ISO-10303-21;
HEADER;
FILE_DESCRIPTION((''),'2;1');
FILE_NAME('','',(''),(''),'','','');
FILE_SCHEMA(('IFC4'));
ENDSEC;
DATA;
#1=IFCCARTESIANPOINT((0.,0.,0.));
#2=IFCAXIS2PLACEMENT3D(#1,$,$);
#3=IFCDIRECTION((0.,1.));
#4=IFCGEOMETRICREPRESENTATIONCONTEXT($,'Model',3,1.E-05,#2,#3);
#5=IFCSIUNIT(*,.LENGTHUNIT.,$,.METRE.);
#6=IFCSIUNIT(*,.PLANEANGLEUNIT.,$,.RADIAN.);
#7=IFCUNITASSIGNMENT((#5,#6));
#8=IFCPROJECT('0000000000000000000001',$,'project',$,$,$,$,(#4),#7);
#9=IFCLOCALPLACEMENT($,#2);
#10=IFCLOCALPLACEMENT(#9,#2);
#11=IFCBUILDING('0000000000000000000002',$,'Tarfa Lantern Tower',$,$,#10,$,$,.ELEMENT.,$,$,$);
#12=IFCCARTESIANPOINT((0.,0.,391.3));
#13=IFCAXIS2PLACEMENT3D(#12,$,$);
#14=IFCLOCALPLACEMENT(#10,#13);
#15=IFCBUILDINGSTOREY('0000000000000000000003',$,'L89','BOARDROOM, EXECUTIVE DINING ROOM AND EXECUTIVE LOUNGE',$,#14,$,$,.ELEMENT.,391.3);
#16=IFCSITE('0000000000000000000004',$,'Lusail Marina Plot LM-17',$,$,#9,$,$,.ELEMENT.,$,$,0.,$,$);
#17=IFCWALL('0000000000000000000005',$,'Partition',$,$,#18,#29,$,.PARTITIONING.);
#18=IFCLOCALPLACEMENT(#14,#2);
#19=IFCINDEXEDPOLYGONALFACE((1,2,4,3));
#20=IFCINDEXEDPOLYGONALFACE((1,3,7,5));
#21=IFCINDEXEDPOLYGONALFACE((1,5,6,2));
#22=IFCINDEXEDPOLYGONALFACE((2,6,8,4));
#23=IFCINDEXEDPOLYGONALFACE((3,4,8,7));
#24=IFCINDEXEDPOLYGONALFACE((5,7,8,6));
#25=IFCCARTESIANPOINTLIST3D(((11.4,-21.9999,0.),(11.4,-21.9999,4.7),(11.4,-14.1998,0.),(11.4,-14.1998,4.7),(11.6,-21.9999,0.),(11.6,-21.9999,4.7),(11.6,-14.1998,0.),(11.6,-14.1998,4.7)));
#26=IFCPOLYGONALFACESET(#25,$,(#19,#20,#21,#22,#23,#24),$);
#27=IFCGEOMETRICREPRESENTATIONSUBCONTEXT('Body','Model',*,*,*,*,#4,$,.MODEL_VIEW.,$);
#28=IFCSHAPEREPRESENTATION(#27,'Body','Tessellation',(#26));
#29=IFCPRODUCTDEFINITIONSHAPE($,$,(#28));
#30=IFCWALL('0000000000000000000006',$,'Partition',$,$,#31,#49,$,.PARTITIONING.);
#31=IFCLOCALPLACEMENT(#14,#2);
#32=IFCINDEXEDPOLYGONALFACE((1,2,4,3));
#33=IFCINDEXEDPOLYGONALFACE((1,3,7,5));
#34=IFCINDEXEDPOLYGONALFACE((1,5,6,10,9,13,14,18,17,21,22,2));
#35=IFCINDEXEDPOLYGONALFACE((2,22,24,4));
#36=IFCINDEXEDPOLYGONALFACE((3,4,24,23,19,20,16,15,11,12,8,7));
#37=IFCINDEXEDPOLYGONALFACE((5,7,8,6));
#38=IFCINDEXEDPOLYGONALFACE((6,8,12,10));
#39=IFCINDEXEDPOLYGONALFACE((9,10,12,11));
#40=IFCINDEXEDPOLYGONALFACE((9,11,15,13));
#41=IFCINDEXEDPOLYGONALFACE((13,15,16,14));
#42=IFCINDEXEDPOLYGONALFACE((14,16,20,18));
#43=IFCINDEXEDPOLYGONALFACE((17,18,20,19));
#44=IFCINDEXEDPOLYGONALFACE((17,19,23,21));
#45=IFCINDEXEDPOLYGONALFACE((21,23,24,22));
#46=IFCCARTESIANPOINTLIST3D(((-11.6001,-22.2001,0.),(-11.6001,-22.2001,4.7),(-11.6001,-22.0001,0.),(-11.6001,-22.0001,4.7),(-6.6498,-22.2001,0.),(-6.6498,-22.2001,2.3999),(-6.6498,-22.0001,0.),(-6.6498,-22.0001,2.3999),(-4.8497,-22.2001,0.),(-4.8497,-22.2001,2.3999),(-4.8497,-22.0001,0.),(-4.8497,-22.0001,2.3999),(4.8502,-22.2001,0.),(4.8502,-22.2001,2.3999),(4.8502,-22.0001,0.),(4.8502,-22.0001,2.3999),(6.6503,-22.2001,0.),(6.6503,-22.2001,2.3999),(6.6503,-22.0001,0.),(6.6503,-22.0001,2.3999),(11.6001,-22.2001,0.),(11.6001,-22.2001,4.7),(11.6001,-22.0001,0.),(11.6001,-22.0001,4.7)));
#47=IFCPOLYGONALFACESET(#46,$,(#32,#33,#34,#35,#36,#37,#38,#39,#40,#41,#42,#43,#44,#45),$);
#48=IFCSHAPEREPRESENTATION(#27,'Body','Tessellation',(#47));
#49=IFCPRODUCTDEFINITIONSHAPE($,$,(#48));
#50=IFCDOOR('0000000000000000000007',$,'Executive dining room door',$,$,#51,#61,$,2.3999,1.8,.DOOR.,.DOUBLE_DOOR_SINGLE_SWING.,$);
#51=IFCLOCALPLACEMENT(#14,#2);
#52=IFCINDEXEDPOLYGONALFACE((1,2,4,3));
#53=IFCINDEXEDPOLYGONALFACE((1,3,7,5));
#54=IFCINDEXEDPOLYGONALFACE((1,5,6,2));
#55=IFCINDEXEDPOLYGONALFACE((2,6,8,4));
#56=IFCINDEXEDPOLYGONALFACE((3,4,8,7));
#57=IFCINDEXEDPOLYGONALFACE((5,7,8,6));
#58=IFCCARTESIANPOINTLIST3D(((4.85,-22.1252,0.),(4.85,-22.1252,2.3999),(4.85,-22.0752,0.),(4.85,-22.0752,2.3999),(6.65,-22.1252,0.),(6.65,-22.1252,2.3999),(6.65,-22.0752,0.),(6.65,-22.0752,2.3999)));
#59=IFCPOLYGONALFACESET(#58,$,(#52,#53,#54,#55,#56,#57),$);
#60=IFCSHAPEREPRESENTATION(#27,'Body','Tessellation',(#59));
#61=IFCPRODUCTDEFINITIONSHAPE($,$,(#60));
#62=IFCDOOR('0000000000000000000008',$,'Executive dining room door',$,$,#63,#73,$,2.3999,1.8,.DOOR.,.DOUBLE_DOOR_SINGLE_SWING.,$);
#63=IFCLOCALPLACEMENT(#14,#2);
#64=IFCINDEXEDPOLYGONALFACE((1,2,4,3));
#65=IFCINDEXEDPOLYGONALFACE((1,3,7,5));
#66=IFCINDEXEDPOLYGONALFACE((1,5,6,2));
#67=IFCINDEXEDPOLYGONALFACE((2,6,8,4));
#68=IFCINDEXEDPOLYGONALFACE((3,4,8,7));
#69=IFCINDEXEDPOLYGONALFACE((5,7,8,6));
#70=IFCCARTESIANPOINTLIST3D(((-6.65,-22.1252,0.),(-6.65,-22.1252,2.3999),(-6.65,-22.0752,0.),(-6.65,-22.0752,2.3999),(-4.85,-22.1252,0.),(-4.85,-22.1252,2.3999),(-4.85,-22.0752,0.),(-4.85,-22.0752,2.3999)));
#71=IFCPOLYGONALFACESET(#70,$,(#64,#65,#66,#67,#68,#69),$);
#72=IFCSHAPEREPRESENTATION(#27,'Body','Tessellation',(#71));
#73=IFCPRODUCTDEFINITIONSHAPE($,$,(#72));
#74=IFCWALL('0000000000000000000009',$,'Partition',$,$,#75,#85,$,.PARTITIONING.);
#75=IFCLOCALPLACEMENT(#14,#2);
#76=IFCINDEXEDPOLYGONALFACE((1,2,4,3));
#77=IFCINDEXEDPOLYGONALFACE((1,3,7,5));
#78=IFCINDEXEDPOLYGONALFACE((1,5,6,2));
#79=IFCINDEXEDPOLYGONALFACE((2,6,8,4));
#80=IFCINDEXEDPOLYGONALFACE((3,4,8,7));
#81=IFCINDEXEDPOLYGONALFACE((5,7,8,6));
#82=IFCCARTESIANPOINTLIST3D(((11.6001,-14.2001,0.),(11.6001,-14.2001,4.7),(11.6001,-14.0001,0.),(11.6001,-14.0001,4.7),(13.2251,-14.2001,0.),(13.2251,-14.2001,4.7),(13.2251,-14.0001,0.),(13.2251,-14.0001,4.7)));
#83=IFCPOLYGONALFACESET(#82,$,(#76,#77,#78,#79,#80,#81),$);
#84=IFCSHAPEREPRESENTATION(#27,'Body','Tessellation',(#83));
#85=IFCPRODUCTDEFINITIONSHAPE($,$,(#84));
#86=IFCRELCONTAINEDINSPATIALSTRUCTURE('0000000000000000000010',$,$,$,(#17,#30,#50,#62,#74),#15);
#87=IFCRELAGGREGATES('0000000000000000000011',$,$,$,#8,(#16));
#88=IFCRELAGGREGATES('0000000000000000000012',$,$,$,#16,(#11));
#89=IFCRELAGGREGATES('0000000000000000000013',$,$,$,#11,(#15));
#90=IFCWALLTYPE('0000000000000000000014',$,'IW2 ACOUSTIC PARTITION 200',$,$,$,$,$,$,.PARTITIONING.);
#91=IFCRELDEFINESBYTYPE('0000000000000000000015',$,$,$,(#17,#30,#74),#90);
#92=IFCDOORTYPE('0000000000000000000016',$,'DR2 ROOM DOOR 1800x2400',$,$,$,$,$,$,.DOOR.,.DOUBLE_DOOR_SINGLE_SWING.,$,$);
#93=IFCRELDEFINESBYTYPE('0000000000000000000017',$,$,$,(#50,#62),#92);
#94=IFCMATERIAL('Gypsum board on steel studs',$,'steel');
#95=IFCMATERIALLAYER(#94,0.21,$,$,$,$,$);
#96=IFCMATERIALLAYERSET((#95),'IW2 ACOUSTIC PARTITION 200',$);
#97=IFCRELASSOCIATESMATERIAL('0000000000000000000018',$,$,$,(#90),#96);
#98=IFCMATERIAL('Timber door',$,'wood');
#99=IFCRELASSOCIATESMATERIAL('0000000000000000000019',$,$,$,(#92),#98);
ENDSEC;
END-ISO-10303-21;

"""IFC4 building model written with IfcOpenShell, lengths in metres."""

from ifc_helpers import new_model, si_unit, direction, frame, frame_2d, origin, place, context, subcontext, project, spatial, rectangle, extrude, material, layer, layer_set, type_object, element, fill, save


model = new_model("IFC4")

# Units and contexts
model_context = context("Model", 3, precision=1e-05, world=origin(), true_north=direction((0.0, 1.0)))
body_context = subcontext(model_context, "Body", "Model", "MODEL_VIEW")
ifc_project = project(units=[si_unit("LENGTHUNIT", "METRE"), si_unit("PLANEANGLEUNIT", "RADIAN")], contexts=[model_context])

# Site, building, storey
site_placement = place(None, origin())
site = spatial("IfcSite", under=ifc_project, at=site_placement, Name="Lusail Marina Plot LM-17", CompositionType="ELEMENT", RefElevation=0.0)
building_placement = place(site_placement, origin())
building = spatial("IfcBuilding", under=site, at=building_placement, Name="Tarfa Lantern Tower", CompositionType="ELEMENT")
storey_placement = place(building_placement, frame((0.0, 0.0, 391.3)))
storey = spatial("IfcBuildingStorey", under=building, at=storey_placement, Name="L89", Description="BOARDROOM, EXECUTIVE DINING ROOM AND EXECUTIVE LOUNGE", CompositionType="ELEMENT", Elevation=391.3)

# Shared definitions
ifc_material_1 = material(Name="Gypsum board on steel studs", Category="steel")
ifc_layer_1 = layer(ifc_material_1, 0.21)
ifc_layer_set_1 = layer_set([ifc_layer_1], Name="IW2 ACOUSTIC PARTITION 200")
wall_type_1 = type_object("IfcWallType", Name="IW2 ACOUSTIC PARTITION 200", PredefinedType="PARTITIONING", material=ifc_layer_set_1)
ifc_material_2 = material(Name="Timber door", Category="wood")
door_type_1 = type_object("IfcDoorType", Name="DR2 ROOM DOOR 1800x2400", OperationType="DOUBLE_DOOR_SINGLE_SWING", PredefinedType="DOOR", material=ifc_material_2)

# Wall
wall_1_placement = place(storey_placement, frame((11.5, -14.2, 0.0), z_axis=(0.0, 0.0, 1.0), x_axis=(0.0, -1.0, 0.0)))
element("IfcWall", 1, at=wall_1_placement, inside=storey, type_object=wall_type_1, Name="Partition", PredefinedType="PARTITIONING", context=body_context, shape_type="SweptSolid", body=[
    extrude(rectangle(XDim=7.8, YDim=0.2, at=frame_2d((3.8999, 0.0))), origin(), (0.0, 0.0, 1.0), 4.7),
])

# Wall, openings, doors
wall_2_placement = place(storey_placement, frame((11.6001, -22.1001, 0.0), z_axis=(0.0, 0.0, 1.0), x_axis=(-1.0, 0.0, 0.0)))
wall_2 = element("IfcWall", 2, at=wall_2_placement, inside=storey, type_object=wall_type_1, Name="Partition", PredefinedType="PARTITIONING", context=body_context, shape_type="SweptSolid", body=[
    extrude(rectangle(XDim=23.2002, YDim=0.2, at=frame_2d((11.6001, 0.0))), origin(), (0.0, 0.0, 1.0), 4.7),
])
opening_1_placement = place(wall_2_placement, frame((4.95, 0.0, 0.0)))
opening_1 = element("IfcOpeningElement", 3, at=opening_1_placement, cuts=wall_2, PredefinedType="OPENING", context=body_context, shape_type="SweptSolid", body=[
    extrude(rectangle(XDim=1.8, YDim=2.3999, at=frame_2d((0.8999, 1.2))), frame((0.0, 0.1099, 0.0), z_axis=(0.0, -1.0, 0.0), x_axis=(1.0, 0.0, 0.0)), (0.0, 0.0, 1.0), 0.22),
])
opening_2_placement = place(wall_2_placement, frame((16.45, 0.0, 0.0)))
opening_2 = element("IfcOpeningElement", 4, at=opening_2_placement, cuts=wall_2, PredefinedType="OPENING", context=body_context, shape_type="SweptSolid", body=[
    extrude(rectangle(XDim=1.8, YDim=2.3999, at=frame_2d((0.8999, 1.2))), frame((0.0, 0.1099, 0.0), z_axis=(0.0, -1.0, 0.0), x_axis=(1.0, 0.0, 0.0)), (0.0, 0.0, 1.0), 0.22),
])
door_1_placement = place(opening_1_placement, frame((1.8, 0.0, 0.0), z_axis=(0.0, 0.0, 1.0), x_axis=(-1.0, 0.0, 0.0)))
door_1 = element("IfcDoor", 5, at=door_1_placement, inside=storey, type_object=door_type_1, Name="Executive dining room door", OperationType="DOUBLE_DOOR_SINGLE_SWING", OverallHeight=2.3999, OverallWidth=1.8, PredefinedType="DOOR", context=body_context, shape_type="SweptSolid", body=[
    extrude(rectangle(XDim=1.8, YDim=2.3999, at=frame_2d((0.8999, 1.2))), frame((0.0, 0.0249, 0.0), z_axis=(0.0, -1.0, 0.0), x_axis=(1.0, 0.0, 0.0)), (0.0, 0.0, 1.0), 0.05),
])
fill(opening_1, door_1)
door_2_placement = place(opening_2_placement, frame((1.8, 0.0, 0.0), z_axis=(0.0, 0.0, 1.0), x_axis=(-1.0, 0.0, 0.0)))
door_2 = element("IfcDoor", 6, at=door_2_placement, inside=storey, type_object=door_type_1, Name="Executive dining room door", OperationType="DOUBLE_DOOR_SINGLE_SWING", OverallHeight=2.3999, OverallWidth=1.8, PredefinedType="DOOR", context=body_context, shape_type="SweptSolid", body=[
    extrude(rectangle(XDim=1.8, YDim=2.3999, at=frame_2d((0.8999, 1.2))), frame((0.0, 0.0249, 0.0), z_axis=(0.0, -1.0, 0.0), x_axis=(1.0, 0.0, 0.0)), (0.0, 0.0, 1.0), 0.05),
])
fill(opening_2, door_2)

# Wall
wall_3_placement = place(storey_placement, frame((13.2251, -14.1001, 0.0), z_axis=(0.0, 0.0, 1.0), x_axis=(-1.0, 0.0, 0.0)))
element("IfcWall", 7, at=wall_3_placement, inside=storey, type_object=wall_type_1, Name="Partition", PredefinedType="PARTITIONING", context=body_context, shape_type="SweptSolid", body=[
    extrude(rectangle(XDim=1.625, YDim=0.2, at=frame_2d((0.8125, 0.0))), origin(), (0.0, 0.0, 1.0), 4.7),
])

save(model, "model.ifc")
